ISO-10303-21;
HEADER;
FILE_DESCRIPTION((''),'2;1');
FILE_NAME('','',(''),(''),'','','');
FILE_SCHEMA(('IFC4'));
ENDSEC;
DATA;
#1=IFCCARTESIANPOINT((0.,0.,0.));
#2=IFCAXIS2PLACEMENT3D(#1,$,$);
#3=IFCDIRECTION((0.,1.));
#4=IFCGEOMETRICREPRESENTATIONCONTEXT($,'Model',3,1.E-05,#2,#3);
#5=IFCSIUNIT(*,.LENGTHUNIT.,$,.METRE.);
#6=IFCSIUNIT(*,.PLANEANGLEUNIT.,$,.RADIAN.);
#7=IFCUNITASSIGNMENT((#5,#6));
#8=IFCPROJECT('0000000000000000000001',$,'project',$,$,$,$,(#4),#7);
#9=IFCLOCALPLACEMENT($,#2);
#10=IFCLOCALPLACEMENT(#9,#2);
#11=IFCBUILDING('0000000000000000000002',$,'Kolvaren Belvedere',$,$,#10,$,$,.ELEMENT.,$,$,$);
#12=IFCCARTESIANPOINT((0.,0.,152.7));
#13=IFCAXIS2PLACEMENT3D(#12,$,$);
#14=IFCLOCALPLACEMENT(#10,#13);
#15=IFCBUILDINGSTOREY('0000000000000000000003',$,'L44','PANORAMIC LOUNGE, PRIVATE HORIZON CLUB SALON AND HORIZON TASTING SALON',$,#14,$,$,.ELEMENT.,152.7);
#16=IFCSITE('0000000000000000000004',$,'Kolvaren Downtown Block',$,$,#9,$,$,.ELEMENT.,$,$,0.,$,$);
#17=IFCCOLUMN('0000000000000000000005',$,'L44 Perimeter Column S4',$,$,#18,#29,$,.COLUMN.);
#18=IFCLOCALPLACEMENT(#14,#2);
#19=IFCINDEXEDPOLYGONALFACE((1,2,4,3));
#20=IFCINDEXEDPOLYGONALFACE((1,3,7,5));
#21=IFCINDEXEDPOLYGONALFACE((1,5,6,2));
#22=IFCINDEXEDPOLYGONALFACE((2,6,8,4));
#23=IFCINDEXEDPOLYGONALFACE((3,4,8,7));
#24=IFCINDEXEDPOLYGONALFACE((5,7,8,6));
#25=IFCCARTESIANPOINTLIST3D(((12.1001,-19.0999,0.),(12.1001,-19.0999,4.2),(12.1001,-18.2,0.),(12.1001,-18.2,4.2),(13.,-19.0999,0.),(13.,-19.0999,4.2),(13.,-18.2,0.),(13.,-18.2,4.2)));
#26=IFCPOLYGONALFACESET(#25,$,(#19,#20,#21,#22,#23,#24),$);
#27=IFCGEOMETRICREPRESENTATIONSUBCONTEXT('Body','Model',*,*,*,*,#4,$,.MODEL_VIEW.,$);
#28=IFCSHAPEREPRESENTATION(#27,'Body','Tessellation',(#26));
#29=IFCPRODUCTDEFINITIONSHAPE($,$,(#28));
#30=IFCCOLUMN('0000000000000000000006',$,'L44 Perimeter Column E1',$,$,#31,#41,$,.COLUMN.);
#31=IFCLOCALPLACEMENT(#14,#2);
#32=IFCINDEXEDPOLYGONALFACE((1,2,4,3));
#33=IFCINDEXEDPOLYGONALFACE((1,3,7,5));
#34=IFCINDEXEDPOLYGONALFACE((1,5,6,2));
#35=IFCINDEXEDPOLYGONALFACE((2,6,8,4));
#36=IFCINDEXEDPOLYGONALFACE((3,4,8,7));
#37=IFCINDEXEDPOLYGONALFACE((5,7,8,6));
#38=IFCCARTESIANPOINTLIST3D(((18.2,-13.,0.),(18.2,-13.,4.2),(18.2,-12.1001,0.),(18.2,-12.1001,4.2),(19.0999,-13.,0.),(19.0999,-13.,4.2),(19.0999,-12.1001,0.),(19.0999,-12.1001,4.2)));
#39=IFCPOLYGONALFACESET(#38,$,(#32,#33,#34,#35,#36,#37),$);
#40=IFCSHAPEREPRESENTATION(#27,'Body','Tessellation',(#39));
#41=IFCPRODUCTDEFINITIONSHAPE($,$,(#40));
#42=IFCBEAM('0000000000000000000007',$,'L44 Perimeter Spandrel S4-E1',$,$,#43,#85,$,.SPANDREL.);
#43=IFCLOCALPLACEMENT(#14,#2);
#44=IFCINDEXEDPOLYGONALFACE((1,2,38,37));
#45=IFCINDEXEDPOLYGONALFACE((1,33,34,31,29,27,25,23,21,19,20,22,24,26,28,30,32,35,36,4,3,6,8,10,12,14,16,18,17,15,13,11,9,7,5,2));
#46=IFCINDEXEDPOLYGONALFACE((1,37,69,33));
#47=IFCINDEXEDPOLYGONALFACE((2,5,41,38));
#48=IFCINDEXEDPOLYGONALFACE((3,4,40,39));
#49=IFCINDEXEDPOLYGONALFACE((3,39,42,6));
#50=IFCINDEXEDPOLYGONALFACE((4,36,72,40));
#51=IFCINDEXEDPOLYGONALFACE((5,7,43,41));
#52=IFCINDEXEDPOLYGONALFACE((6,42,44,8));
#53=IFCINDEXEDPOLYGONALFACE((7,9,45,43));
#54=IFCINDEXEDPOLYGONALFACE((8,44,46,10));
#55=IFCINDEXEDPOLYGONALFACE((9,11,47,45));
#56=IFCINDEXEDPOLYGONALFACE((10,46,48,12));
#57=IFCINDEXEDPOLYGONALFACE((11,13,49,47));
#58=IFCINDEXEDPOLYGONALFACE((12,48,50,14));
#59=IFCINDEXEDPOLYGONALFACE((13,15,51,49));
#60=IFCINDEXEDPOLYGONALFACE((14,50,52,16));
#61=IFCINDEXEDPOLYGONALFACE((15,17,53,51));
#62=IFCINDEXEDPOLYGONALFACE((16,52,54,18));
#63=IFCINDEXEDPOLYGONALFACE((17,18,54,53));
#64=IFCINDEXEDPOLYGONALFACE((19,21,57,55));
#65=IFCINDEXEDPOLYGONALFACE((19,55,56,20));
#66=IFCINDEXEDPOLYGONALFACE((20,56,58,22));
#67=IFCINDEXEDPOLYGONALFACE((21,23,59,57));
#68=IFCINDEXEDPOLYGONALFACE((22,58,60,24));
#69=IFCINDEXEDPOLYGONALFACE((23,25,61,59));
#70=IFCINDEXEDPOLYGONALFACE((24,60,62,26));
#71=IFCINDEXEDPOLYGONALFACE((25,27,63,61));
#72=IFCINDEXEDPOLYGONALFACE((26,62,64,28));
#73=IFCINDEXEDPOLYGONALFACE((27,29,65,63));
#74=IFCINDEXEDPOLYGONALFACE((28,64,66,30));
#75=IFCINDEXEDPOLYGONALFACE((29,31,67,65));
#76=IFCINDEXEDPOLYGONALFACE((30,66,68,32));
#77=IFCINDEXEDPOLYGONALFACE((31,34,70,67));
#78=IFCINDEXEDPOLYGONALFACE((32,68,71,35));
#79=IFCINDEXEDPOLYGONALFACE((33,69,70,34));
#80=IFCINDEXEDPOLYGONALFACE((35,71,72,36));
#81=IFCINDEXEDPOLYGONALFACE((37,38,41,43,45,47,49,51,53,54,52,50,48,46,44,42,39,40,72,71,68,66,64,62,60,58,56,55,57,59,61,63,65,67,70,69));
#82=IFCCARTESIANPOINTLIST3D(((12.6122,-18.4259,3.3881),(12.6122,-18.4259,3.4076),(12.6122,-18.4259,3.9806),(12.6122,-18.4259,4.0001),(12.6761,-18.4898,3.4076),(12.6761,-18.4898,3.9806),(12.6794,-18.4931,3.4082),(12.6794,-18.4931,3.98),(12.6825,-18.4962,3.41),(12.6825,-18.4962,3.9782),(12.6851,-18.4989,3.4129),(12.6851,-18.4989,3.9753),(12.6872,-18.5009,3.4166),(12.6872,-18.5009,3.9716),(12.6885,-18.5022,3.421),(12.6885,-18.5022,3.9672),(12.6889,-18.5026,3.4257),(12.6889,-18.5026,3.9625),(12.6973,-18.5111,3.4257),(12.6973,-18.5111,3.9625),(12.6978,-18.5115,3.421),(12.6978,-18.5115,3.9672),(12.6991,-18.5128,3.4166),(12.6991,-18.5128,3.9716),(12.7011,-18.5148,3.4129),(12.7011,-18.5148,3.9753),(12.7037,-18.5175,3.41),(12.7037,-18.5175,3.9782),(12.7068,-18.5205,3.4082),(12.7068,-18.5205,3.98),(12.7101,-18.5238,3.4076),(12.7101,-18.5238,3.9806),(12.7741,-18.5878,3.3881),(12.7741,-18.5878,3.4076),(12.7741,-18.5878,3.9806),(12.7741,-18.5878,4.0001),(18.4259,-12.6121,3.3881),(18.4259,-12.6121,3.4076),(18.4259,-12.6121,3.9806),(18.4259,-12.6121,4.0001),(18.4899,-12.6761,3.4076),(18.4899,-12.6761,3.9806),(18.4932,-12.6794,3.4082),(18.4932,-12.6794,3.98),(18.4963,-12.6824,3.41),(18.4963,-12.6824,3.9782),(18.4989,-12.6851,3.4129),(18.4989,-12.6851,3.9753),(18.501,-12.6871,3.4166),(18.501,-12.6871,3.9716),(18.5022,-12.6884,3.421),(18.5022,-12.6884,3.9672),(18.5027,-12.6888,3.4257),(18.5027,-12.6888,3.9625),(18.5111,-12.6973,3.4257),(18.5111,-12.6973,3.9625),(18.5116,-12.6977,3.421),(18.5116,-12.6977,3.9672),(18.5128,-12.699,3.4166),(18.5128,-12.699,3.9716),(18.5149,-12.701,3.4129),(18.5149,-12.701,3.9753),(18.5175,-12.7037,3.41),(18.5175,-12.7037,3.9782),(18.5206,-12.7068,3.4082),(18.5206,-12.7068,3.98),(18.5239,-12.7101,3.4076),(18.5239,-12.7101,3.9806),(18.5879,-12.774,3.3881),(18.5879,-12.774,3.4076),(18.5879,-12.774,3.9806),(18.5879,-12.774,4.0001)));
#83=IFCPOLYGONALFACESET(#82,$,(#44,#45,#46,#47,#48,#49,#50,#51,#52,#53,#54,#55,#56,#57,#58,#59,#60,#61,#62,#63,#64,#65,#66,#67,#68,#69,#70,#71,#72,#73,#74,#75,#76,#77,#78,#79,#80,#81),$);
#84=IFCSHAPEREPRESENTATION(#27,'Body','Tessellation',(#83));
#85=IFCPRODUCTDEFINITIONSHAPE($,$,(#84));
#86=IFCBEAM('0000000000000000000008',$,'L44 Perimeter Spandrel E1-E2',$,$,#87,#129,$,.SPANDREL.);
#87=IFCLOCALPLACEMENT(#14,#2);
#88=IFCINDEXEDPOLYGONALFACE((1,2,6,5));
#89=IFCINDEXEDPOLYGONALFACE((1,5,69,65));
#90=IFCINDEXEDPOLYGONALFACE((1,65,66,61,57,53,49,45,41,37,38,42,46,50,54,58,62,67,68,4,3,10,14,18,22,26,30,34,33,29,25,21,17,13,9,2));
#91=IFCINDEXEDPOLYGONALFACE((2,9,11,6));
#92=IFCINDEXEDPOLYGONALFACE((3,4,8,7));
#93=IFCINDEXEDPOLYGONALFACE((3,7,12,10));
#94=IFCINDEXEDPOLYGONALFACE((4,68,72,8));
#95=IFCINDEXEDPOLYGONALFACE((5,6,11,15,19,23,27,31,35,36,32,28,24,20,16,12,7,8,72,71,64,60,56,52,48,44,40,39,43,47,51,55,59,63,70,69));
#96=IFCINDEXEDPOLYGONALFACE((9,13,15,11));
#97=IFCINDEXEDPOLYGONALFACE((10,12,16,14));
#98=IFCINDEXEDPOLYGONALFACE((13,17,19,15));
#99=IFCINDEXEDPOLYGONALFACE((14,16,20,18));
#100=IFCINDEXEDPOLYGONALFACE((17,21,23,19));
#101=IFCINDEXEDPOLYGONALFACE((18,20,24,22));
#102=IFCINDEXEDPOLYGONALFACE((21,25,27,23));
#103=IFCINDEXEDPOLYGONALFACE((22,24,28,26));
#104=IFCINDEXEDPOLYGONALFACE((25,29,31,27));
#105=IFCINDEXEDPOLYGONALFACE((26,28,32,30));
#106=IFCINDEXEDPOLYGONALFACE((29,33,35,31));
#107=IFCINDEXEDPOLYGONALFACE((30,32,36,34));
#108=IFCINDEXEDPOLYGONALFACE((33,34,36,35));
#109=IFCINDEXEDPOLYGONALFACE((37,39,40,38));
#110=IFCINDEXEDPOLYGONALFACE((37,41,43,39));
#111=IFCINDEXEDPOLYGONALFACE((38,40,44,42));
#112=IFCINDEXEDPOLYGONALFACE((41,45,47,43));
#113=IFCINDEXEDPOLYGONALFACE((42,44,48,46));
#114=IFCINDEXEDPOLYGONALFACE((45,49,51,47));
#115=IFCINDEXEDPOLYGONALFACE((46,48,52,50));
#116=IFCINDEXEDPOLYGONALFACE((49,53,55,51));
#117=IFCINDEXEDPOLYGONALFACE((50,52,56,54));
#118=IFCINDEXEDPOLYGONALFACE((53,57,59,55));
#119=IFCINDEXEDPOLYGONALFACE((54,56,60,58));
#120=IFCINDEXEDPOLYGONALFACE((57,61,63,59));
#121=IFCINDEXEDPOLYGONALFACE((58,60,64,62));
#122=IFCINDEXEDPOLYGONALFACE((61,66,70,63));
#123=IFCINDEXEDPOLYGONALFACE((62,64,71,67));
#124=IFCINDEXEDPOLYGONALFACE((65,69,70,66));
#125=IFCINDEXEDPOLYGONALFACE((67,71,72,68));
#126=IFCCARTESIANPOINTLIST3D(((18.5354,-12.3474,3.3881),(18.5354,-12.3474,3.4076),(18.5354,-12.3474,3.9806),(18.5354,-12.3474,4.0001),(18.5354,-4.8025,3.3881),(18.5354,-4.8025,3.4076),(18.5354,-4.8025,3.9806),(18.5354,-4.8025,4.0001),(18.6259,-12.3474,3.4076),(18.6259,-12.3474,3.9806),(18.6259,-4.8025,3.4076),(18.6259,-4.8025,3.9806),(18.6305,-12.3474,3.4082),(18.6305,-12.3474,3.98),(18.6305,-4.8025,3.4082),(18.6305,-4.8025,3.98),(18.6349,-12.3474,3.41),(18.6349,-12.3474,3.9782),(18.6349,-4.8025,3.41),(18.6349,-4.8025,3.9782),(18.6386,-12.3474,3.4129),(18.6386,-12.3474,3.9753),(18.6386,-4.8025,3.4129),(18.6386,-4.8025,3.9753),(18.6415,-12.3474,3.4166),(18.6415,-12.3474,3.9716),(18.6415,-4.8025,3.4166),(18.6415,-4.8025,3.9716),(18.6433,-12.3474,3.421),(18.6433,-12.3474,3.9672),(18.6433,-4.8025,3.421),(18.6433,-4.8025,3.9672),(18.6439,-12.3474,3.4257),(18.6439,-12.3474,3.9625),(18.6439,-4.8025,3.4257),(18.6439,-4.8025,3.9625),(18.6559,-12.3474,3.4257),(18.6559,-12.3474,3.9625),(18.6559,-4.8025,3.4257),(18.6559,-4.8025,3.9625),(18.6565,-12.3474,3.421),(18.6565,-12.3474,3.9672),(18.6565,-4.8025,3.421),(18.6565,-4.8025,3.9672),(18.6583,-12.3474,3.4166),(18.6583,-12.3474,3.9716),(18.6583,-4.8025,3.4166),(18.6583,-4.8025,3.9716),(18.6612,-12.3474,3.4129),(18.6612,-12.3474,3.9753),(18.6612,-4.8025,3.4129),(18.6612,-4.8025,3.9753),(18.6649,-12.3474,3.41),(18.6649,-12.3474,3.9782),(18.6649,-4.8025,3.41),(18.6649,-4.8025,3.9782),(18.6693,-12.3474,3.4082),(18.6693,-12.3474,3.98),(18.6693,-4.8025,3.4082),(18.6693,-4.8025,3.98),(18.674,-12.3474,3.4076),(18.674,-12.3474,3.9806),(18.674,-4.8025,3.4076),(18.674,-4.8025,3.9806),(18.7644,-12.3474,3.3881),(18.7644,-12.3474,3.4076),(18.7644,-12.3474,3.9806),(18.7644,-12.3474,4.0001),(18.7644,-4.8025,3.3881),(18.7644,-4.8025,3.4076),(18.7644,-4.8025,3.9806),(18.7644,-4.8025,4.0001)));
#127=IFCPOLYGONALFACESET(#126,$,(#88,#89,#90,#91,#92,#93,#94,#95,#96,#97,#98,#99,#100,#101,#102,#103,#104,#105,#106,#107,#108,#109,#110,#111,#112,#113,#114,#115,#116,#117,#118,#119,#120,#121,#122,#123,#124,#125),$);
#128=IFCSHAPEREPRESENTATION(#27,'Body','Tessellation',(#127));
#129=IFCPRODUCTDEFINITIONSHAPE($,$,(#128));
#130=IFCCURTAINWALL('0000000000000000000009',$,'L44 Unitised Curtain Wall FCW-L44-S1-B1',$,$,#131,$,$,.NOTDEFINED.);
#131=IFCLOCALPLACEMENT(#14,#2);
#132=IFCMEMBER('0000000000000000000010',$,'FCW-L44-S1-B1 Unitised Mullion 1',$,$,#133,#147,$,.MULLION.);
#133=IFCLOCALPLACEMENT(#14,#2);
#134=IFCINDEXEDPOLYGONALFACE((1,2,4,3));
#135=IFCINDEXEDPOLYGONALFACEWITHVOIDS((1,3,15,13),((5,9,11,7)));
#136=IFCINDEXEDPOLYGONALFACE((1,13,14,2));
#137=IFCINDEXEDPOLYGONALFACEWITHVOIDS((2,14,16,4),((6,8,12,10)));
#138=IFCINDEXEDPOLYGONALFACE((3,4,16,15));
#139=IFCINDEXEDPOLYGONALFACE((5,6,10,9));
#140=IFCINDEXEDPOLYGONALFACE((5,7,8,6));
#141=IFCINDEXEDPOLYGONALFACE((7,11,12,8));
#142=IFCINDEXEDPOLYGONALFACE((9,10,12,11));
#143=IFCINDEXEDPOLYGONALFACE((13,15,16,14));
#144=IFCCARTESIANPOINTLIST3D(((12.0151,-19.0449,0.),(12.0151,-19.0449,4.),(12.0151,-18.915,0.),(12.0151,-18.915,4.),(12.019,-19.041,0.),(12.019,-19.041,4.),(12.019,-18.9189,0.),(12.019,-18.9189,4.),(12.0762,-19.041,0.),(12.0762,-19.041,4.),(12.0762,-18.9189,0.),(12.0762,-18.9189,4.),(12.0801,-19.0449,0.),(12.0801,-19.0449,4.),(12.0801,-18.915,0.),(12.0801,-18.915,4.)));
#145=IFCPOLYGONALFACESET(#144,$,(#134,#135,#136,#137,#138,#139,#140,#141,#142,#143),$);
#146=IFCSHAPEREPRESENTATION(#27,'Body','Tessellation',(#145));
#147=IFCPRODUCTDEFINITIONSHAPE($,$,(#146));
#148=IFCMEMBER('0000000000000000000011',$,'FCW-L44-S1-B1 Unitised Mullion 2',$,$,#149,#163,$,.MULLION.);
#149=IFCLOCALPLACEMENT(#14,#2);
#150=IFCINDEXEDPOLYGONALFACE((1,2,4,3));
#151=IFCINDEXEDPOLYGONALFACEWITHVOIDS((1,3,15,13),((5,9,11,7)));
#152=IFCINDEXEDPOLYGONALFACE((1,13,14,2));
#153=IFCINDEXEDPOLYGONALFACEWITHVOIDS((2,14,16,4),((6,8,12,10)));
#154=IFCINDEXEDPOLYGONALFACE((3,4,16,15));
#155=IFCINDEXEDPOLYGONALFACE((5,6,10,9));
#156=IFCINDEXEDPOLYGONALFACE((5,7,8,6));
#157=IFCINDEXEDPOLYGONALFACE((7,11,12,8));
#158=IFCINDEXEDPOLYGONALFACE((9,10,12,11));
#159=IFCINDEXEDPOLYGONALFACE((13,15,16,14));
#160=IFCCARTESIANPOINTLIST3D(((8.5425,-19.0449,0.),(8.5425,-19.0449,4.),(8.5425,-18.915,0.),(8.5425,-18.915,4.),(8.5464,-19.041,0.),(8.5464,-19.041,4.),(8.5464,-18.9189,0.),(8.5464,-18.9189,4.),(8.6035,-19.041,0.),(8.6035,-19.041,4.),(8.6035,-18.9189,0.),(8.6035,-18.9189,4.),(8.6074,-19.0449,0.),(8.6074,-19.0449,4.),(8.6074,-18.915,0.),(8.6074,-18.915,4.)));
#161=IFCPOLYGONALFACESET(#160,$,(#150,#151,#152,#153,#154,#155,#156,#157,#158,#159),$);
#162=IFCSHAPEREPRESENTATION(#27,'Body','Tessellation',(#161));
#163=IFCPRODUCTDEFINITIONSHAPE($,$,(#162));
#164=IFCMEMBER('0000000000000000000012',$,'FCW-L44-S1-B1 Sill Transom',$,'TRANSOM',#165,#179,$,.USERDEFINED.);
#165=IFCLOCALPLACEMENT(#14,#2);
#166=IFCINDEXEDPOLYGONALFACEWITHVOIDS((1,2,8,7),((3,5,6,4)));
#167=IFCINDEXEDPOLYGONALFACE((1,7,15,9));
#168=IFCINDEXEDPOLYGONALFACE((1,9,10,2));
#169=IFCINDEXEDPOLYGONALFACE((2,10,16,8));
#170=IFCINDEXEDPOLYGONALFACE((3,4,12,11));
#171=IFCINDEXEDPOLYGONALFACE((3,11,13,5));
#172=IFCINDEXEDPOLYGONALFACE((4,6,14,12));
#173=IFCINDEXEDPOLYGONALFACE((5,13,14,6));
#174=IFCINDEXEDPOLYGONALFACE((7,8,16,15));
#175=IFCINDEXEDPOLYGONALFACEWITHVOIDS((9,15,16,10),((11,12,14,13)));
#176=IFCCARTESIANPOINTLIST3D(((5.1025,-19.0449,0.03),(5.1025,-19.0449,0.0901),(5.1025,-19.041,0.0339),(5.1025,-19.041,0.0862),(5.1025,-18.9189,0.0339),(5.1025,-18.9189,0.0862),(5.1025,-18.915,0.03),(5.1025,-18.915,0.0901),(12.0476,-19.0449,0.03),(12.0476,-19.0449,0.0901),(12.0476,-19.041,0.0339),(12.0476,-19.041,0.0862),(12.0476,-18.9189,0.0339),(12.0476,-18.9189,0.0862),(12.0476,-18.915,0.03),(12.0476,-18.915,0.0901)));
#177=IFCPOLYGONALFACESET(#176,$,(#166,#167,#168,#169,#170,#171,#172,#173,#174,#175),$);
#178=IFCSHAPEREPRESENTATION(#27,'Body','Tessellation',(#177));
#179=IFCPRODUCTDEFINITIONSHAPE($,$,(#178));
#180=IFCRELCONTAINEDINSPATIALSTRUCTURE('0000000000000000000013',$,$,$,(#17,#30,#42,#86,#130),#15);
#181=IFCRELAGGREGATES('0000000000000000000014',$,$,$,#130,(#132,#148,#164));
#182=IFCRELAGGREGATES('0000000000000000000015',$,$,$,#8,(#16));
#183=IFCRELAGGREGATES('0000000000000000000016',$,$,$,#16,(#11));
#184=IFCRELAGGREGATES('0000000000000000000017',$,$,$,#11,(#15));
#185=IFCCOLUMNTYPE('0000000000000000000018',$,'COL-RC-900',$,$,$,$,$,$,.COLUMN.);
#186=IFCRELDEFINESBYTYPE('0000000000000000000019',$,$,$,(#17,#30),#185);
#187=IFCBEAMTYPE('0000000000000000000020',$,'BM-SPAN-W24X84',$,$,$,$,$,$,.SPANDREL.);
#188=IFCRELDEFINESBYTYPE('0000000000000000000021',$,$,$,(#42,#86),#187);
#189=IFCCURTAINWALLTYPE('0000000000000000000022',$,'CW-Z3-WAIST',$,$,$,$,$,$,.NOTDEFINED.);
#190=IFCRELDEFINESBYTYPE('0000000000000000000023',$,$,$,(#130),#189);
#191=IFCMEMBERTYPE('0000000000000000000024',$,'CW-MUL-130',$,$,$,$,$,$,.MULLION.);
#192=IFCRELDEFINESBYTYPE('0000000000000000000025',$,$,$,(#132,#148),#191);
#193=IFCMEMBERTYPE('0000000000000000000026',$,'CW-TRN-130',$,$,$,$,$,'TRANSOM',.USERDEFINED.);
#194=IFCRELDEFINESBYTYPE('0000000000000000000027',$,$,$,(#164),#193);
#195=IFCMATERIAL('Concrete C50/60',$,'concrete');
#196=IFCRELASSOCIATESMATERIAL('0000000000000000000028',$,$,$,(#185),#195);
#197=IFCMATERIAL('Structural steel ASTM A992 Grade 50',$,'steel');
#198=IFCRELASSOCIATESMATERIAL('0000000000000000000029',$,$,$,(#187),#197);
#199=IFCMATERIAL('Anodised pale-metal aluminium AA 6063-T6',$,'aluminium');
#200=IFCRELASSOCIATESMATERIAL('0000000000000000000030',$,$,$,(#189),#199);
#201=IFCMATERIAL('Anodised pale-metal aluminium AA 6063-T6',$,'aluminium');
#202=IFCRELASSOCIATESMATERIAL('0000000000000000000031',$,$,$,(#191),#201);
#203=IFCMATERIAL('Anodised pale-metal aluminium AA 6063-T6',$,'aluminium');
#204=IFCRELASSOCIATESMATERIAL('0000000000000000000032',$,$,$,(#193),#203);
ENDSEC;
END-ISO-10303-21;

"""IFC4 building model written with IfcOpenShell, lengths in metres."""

from ifc_helpers import new_model, si_unit, direction, frame, origin, origin_2d, place, context, subcontext, project, spatial, rectangle, hollow_rectangle, i_section, extrude, material, material_profile, profile_set, type_object, element, aggregate, save


model = new_model("IFC4")

# Units and contexts
model_context = context("Model", 3, precision=1e-05, world=origin(), true_north=direction((0.0, 1.0)))
body_context = subcontext(model_context, "Body", "Model", "MODEL_VIEW")
ifc_project = project(units=[si_unit("LENGTHUNIT", "METRE"), si_unit("PLANEANGLEUNIT", "RADIAN")], contexts=[model_context])

# Site, building, storey
site_placement = place(None, origin())
site = spatial("IfcSite", under=ifc_project, at=site_placement, Name="Kolvaren Downtown Block", CompositionType="ELEMENT", RefElevation=0.0)
building_placement = place(site_placement, origin())
building = spatial("IfcBuilding", under=site, at=building_placement, Name="Kolvaren Belvedere", CompositionType="ELEMENT")
storey_placement = place(building_placement, frame((0.0, 0.0, 152.7)))
storey = spatial("IfcBuildingStorey", under=building, at=storey_placement, Name="L44", Description="PANORAMIC LOUNGE, PRIVATE HORIZON CLUB SALON AND HORIZON TASTING SALON", CompositionType="ELEMENT", Elevation=152.7)

# Columns
ifc_material_1 = material(Name="Concrete C50/60", Category="concrete")
ifc_material_profile_1 = material_profile(ifc_material_1, rectangle(XDim=0.8999, YDim=0.8999, at=origin_2d()), Name="RC 900X900")
ifc_profile_set_1 = profile_set([ifc_material_profile_1], Name="Concrete C50/60")
column_type = type_object("IfcColumnType", Name="COL-RC-900", PredefinedType="COLUMN", material=ifc_profile_set_1)
for number, where, z_axis, x_axis, name in (
    (1, (12.55, -18.6499, 0.0), (0.0, 0.0, 1.0), (1.0, 0.0, 0.0), "L44 Perimeter Column S4"),
    (2, (18.6499, -12.55, 0.0), (0.0, 0.0, 1.0), (1.0, 0.0, 0.0), "L44 Perimeter Column E1"),
):
    element("IfcColumn", number, at=place(storey_placement, frame(where, z_axis=z_axis, x_axis=x_axis)), inside=storey, type_object=column_type, Name=name, PredefinedType="COLUMN", context=body_context, shape_type="SweptSolid", body=[
        extrude(rectangle(XDim=0.8999, YDim=0.8999, at=origin_2d()), origin(), (0.0, 0.0, 1.0), 4.2),
    ])

# Beams
ifc_material_2 = material(Name="Structural steel ASTM A992 Grade 50", Category="steel")
ifc_material_profile_2 = material_profile(ifc_material_2, i_section(OverallWidth=0.229, OverallDepth=0.6121, WebThickness=0.012, FlangeThickness=0.0195, FilletRadius=0.0181, at=origin_2d()), Name="W24X84")
ifc_profile_set_2 = profile_set([ifc_material_profile_2], Name="Structural steel ASTM A992 Grade 50")
beam_type = type_object("IfcBeamType", Name="BM-SPAN-W24X84", PredefinedType="SPANDREL", material=ifc_profile_set_2)
beam_1_placement = place(storey_placement, frame((12.6931, -18.5068, 3.6941), z_axis=(0.707107, 0.707107, 0.0), x_axis=(-0.707107, 0.707107, 0.0)))
element("IfcBeam", 3, at=beam_1_placement, inside=storey, type_object=beam_type, Name="L44 Perimeter Spandrel S4-E1", PredefinedType="SPANDREL", context=body_context, shape_type="SweptSolid", body=[
    extrude(i_section(OverallWidth=0.229, OverallDepth=0.6121, WebThickness=0.012, FlangeThickness=0.0195, FilletRadius=0.0181, at=origin_2d()), origin(), (0.0, 0.0, 1.0), 8.2219),
])
beam_2_placement = place(storey_placement, frame((18.6499, -12.3474, 3.6941), z_axis=(0.0, 1.0, 0.0), x_axis=(-1.0, 0.0, 0.0)))
element("IfcBeam", 4, at=beam_2_placement, inside=storey, type_object=beam_type, Name="L44 Perimeter Spandrel E1-E2", PredefinedType="SPANDREL", context=body_context, shape_type="SweptSolid", body=[
    extrude(i_section(OverallWidth=0.229, OverallDepth=0.6121, WebThickness=0.012, FlangeThickness=0.0195, FilletRadius=0.0181, at=origin_2d()), origin(), (0.0, 0.0, 1.0), 7.5449),
])

# Curtain wall, members
ifc_material_3 = material(Name="Anodised pale-metal aluminium AA 6063-T6", Category="aluminium")
curtain_wall_type = type_object("IfcCurtainWallType", Name="CW-Z3-WAIST", PredefinedType="NOTDEFINED", material=ifc_material_3)
curtain_wall_placement = place(storey_placement, origin())
curtain_wall = element("IfcCurtainWall", 5, at=curtain_wall_placement, inside=storey, type_object=curtain_wall_type, Name="L44 Unitised Curtain Wall FCW-L44-S1-B1", PredefinedType="NOTDEFINED")
ifc_material_4 = material(Name="Anodised pale-metal aluminium AA 6063-T6", Category="aluminium")
ifc_material_profile_3 = material_profile(ifc_material_4, hollow_rectangle(XDim=0.0649, YDim=0.1299, WallThickness=0.0039, at=origin_2d()), Name="ALU-MUL-130X65")
ifc_profile_set_3 = profile_set([ifc_material_profile_3], Name="Anodised pale-metal aluminium AA 6063-T6")
member_type_1 = type_object("IfcMemberType", Name="CW-MUL-130", PredefinedType="MULLION", material=ifc_profile_set_3)
member_1_placement = place(storey_placement, frame((12.0476, -18.98, 0.0), z_axis=(0.0, 0.0, 1.0), x_axis=(1.0, 0.0, 0.0)))
member_1 = element("IfcMember", 6, at=member_1_placement, type_object=member_type_1, Name="FCW-L44-S1-B1 Unitised Mullion 1", PredefinedType="MULLION", context=body_context, shape_type="SweptSolid", body=[
    extrude(hollow_rectangle(XDim=0.0649, YDim=0.1299, WallThickness=0.0039, at=origin_2d()), origin(), (0.0, 0.0, 1.0), 4.0),
])
member_2_placement = place(storey_placement, frame((8.575, -18.98, 0.0), z_axis=(0.0, 0.0, 1.0), x_axis=(1.0, 0.0, 0.0)))
member_2 = element("IfcMember", 7, at=member_2_placement, type_object=member_type_1, Name="FCW-L44-S1-B1 Unitised Mullion 2", PredefinedType="MULLION", context=body_context, shape_type="SweptSolid", body=[
    extrude(hollow_rectangle(XDim=0.0649, YDim=0.1299, WallThickness=0.0039, at=origin_2d()), origin(), (0.0, 0.0, 1.0), 4.0),
])
ifc_material_5 = material(Name="Anodised pale-metal aluminium AA 6063-T6", Category="aluminium")
ifc_material_profile_4 = material_profile(ifc_material_5, hollow_rectangle(XDim=0.0601, YDim=0.1299, WallThickness=0.0039, at=origin_2d()), Name="ALU-TRN-130X60")
ifc_profile_set_4 = profile_set([ifc_material_profile_4], Name="Anodised pale-metal aluminium AA 6063-T6")
member_type_2 = type_object("IfcMemberType", Name="CW-TRN-130", ElementType="TRANSOM", PredefinedType="USERDEFINED", material=ifc_profile_set_4)
member_3_placement = place(storey_placement, frame((12.0476, -18.98, 0.0601), z_axis=(-1.0, 0.0, 0.0), x_axis=(0.0, 0.0, 1.0)))
member_3 = element("IfcMember", 8, at=member_3_placement, type_object=member_type_2, Name="FCW-L44-S1-B1 Sill Transom", ObjectType="TRANSOM", PredefinedType="USERDEFINED", context=body_context, shape_type="SweptSolid", body=[
    extrude(hollow_rectangle(XDim=0.0601, YDim=0.1299, WallThickness=0.0039, at=origin_2d()), origin(), (0.0, 0.0, 1.0), 6.9451),
])
aggregate(curtain_wall, [member_1, member_2, member_3])

save(model, "model.ifc")
